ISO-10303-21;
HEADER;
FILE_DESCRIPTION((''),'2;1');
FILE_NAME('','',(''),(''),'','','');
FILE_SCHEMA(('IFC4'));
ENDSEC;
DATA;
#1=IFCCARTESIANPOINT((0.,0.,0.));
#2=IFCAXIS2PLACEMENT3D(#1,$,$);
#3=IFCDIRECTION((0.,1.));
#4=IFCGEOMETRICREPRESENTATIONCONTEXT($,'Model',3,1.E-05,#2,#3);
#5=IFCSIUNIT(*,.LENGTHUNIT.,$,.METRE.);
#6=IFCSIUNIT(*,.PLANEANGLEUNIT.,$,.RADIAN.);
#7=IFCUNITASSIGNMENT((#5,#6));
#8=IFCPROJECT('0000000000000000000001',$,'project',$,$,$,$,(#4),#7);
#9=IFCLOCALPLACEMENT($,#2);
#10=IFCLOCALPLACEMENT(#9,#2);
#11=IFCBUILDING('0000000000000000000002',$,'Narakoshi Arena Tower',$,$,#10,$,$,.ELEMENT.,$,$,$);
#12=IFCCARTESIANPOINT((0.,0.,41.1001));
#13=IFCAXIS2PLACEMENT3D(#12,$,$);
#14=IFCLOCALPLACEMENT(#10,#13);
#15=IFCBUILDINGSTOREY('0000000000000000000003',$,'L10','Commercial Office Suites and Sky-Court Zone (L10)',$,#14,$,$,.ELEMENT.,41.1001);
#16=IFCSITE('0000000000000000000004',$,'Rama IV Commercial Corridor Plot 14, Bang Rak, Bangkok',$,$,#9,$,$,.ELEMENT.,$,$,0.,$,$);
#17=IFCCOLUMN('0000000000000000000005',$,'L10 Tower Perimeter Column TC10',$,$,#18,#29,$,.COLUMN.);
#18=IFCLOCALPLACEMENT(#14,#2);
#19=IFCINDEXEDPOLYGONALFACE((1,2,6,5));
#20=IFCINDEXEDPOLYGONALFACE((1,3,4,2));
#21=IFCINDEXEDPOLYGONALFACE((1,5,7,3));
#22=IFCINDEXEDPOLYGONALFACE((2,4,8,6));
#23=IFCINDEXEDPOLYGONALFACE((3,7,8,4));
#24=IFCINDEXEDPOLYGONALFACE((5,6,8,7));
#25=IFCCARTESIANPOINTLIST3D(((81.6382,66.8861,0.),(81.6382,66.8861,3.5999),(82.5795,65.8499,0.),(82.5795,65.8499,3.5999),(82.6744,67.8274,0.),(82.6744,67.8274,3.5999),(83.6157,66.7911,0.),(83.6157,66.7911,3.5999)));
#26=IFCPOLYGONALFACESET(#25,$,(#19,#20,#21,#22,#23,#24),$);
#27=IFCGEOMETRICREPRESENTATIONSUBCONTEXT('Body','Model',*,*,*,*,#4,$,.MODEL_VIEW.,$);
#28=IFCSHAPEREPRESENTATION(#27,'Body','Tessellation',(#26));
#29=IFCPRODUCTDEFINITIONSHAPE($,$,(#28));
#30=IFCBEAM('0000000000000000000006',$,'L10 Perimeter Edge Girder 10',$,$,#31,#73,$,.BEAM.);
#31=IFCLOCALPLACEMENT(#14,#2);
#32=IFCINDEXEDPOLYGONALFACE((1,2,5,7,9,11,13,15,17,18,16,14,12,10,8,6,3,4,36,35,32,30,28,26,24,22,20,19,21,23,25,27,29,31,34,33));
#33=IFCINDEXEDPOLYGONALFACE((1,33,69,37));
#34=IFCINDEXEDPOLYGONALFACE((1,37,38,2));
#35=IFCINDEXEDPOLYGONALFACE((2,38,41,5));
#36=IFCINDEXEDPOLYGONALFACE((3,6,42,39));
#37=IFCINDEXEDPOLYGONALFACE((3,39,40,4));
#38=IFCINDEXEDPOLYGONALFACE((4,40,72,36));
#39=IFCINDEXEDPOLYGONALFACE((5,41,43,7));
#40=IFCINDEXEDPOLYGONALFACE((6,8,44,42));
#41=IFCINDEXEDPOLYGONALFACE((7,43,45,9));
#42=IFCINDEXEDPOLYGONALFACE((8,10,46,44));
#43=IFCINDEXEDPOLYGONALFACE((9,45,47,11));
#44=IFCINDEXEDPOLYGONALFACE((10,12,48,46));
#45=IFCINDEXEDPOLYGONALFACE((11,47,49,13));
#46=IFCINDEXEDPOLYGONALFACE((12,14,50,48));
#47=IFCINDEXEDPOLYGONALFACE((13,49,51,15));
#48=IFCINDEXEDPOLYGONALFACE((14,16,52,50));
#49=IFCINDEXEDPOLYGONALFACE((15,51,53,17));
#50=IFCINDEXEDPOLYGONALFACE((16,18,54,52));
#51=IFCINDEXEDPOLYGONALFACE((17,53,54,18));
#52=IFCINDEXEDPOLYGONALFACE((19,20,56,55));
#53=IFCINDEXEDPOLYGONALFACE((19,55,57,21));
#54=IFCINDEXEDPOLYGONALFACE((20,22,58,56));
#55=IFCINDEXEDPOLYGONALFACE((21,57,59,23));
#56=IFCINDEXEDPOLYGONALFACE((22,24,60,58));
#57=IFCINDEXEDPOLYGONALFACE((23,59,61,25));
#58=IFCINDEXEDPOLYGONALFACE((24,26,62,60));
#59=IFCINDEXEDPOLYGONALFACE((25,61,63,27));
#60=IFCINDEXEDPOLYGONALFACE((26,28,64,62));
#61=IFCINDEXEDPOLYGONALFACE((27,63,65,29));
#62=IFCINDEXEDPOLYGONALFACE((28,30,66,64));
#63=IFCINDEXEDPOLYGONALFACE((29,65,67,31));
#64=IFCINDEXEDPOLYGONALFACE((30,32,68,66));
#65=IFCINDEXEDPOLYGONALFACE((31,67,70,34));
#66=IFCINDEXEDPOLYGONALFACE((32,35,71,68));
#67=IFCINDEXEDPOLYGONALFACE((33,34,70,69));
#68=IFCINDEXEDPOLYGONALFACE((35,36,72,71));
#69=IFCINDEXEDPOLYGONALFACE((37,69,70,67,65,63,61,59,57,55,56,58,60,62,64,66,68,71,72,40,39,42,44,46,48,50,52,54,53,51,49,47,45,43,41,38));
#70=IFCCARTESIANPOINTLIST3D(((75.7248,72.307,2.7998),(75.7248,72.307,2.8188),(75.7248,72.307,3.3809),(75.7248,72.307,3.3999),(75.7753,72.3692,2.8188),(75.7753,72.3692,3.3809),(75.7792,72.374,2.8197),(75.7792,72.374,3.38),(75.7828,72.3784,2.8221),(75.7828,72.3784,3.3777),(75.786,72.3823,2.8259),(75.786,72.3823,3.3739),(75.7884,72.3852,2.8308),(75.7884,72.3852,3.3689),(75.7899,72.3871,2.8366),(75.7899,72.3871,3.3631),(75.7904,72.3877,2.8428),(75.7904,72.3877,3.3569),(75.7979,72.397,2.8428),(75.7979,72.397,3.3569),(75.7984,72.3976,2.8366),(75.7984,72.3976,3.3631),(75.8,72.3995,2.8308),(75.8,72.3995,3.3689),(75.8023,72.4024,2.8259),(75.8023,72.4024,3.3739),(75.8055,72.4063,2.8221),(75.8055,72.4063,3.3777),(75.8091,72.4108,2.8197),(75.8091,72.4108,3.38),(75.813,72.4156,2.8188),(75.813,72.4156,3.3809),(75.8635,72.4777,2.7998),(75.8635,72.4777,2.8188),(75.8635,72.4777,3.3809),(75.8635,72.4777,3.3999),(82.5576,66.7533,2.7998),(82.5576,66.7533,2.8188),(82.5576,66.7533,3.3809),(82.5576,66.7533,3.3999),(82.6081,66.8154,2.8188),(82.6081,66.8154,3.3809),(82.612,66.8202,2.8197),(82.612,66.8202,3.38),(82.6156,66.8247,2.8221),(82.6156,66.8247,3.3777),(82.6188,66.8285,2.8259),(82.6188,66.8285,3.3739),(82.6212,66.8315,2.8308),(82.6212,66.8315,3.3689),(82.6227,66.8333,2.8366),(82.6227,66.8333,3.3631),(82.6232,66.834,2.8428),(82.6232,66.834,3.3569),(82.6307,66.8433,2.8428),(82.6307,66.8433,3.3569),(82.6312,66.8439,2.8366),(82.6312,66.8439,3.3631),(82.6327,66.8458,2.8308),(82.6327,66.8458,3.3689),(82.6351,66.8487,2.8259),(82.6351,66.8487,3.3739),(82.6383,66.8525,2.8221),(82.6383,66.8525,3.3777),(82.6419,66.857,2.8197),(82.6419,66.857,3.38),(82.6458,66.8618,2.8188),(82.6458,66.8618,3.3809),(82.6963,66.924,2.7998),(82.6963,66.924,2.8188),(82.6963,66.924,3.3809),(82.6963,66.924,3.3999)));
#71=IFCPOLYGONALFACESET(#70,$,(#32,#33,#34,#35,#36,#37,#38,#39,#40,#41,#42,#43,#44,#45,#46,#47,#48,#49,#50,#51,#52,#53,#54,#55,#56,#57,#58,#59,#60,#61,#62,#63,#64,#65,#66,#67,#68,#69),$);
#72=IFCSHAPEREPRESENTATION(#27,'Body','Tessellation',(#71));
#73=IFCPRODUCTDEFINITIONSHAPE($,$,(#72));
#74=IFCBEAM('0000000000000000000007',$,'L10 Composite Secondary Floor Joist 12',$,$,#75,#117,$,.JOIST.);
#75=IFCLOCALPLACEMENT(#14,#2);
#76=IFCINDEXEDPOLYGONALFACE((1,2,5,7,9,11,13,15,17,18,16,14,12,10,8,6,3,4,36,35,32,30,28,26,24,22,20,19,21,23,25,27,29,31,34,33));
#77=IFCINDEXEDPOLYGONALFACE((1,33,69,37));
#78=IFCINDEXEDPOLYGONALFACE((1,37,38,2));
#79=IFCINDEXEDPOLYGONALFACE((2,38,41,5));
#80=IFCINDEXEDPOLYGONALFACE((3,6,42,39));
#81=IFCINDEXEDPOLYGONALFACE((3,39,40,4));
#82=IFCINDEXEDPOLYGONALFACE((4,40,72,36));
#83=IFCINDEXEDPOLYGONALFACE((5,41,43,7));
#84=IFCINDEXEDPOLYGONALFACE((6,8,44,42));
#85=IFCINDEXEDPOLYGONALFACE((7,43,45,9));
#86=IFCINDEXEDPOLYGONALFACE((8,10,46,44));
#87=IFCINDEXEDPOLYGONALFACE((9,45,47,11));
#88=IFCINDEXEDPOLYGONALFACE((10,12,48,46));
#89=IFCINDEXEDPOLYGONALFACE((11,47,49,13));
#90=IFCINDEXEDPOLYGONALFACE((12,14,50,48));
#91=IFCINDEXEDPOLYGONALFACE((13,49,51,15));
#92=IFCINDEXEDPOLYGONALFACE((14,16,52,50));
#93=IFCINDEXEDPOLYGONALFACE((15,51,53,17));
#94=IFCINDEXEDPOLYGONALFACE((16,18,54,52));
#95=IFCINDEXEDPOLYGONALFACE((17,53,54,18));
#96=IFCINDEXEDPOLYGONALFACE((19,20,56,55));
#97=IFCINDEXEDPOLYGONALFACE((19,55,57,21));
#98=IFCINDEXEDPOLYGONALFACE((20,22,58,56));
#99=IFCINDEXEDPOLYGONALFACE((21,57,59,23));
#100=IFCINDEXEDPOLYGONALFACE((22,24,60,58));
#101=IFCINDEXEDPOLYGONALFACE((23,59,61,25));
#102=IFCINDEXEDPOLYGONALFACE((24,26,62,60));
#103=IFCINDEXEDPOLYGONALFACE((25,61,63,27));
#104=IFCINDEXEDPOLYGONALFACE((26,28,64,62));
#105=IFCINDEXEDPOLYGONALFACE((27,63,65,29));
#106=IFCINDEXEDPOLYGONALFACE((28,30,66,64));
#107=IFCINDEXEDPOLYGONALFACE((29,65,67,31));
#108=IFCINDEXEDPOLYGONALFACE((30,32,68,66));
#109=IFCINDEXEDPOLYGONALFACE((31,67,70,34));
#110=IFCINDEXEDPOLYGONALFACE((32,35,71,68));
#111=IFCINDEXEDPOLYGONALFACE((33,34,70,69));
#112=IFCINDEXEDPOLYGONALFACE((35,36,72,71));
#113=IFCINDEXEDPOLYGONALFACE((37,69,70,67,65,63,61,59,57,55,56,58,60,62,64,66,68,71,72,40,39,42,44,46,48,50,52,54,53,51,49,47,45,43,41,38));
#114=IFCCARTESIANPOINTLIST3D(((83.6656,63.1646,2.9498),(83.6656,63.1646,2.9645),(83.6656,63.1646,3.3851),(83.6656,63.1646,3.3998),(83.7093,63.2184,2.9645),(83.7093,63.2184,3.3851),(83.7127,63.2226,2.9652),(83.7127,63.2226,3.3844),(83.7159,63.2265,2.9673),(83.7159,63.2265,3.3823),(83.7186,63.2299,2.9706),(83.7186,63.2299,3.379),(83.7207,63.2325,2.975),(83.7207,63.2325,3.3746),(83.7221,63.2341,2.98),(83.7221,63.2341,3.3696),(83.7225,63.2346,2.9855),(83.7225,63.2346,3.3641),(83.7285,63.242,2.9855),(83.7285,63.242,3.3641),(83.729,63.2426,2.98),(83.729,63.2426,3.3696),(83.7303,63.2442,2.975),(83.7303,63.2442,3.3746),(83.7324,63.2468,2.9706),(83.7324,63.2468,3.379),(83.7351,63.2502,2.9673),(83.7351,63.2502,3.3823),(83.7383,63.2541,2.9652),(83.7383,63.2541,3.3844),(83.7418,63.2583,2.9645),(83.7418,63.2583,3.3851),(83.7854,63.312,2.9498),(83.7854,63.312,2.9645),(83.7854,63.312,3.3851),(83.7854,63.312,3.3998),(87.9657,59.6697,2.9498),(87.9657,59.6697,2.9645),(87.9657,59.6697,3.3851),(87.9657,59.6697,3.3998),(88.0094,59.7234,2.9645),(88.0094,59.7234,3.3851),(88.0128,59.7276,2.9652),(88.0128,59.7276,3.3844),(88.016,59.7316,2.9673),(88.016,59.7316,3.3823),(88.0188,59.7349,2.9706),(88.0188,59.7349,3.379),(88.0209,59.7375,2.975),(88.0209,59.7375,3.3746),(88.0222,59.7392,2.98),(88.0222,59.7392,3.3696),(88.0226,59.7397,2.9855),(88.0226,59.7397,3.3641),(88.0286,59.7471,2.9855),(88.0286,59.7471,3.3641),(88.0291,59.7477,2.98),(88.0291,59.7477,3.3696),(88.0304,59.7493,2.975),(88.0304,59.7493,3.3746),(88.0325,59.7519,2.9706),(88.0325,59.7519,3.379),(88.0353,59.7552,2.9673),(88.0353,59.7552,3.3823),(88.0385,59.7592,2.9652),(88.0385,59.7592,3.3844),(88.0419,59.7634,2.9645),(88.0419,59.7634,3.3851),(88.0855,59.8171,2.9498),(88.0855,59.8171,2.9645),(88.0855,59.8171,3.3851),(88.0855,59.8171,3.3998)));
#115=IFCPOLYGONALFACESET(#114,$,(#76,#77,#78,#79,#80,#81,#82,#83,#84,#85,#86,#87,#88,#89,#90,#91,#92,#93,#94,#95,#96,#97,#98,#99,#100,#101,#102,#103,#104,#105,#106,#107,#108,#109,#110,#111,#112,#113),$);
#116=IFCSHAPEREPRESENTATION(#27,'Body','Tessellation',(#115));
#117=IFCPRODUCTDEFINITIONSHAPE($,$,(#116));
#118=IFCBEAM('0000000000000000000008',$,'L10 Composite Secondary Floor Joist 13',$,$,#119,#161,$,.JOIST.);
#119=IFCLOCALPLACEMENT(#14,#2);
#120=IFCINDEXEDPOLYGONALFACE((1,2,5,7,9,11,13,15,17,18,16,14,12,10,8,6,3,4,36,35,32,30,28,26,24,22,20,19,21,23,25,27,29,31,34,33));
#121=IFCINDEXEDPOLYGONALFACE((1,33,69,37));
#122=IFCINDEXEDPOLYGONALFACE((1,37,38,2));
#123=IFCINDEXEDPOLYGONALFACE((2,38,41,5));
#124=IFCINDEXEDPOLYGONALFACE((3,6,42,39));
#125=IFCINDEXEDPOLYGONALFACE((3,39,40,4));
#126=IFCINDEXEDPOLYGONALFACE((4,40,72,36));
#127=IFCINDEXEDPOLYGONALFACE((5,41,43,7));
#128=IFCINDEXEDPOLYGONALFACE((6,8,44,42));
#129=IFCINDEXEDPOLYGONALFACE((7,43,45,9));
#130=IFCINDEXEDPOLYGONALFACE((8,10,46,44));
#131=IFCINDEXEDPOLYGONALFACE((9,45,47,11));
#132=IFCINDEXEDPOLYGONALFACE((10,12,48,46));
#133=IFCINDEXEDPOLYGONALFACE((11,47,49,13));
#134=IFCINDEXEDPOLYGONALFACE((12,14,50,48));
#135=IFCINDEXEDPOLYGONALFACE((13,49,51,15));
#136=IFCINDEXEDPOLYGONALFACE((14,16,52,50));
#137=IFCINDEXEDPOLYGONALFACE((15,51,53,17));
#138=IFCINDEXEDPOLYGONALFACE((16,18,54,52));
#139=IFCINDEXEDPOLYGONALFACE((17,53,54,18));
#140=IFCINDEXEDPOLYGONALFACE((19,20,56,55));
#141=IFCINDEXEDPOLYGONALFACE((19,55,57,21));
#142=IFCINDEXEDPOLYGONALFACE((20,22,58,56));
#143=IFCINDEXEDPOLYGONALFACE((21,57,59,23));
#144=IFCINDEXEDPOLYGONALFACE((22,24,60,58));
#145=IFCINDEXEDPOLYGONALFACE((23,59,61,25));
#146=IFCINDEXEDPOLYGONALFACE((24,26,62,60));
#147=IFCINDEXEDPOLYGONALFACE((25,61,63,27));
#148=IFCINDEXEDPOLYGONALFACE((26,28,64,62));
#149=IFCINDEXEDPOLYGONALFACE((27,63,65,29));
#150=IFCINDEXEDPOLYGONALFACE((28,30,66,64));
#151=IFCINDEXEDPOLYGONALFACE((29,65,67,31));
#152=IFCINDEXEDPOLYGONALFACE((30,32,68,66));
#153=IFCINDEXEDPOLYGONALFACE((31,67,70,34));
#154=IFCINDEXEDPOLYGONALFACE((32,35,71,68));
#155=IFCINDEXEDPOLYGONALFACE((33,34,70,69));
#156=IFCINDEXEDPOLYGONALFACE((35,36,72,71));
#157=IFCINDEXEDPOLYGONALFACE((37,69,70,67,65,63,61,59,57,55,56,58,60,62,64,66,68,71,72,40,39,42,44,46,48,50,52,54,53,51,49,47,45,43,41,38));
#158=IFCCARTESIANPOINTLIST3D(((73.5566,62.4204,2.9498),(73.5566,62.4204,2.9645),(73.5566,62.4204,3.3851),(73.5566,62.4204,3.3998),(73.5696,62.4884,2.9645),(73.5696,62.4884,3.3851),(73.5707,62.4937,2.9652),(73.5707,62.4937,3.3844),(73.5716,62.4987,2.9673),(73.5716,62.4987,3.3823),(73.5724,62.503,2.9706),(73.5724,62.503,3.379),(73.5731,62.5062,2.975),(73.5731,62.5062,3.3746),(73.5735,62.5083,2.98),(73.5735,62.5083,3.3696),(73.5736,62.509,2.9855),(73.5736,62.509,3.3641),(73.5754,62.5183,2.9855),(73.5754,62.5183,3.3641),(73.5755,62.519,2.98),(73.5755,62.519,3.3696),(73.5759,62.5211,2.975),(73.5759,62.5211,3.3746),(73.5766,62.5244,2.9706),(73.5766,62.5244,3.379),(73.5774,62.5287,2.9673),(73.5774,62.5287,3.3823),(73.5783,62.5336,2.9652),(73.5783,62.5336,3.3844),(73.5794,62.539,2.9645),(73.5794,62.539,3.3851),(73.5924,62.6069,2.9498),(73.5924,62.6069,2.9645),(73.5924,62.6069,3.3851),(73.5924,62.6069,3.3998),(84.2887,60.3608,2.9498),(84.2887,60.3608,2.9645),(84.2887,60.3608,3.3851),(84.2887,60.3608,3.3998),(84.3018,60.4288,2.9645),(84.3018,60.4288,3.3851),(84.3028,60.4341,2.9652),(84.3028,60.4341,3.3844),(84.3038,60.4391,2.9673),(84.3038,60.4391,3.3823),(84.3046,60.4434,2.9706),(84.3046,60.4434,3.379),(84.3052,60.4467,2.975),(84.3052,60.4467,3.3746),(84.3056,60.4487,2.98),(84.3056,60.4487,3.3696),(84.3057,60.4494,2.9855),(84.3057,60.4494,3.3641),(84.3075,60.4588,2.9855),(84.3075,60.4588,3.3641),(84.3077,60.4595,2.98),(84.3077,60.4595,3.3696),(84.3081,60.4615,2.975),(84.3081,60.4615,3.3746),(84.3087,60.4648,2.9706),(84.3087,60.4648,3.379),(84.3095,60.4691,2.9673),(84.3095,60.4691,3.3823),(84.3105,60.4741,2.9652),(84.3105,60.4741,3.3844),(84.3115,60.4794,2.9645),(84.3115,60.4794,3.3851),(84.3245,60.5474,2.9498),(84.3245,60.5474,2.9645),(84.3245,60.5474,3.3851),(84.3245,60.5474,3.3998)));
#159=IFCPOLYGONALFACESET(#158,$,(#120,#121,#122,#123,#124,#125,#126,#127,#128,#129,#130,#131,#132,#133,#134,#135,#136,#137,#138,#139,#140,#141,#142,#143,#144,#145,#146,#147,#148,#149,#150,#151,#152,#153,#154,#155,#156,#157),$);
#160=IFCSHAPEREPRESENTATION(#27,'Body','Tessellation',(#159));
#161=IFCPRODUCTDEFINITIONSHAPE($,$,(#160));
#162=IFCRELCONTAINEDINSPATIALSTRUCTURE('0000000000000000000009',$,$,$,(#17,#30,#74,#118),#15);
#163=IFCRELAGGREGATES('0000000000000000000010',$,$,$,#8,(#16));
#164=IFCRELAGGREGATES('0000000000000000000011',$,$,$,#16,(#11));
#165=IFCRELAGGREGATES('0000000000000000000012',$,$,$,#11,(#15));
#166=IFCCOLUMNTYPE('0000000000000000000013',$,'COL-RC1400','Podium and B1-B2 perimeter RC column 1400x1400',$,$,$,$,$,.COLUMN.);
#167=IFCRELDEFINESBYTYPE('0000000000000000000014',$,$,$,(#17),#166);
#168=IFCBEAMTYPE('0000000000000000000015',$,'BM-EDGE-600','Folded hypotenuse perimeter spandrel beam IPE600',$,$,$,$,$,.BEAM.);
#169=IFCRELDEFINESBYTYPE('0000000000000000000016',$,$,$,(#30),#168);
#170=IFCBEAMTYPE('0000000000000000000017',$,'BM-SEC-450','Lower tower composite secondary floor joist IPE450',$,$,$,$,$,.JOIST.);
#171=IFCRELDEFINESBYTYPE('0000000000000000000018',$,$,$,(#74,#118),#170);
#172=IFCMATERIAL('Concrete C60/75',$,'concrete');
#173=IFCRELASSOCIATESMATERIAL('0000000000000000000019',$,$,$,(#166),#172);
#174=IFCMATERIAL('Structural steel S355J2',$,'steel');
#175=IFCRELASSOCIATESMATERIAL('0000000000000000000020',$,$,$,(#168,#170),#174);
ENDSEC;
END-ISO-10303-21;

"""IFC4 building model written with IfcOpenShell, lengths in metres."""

from ifc_helpers import new_model, si_unit, direction, frame, origin, origin_2d, place, context, subcontext, project, spatial, rectangle, i_section, extrude, material, material_profile, profile_set, type_object, element, save


model = new_model("IFC4")

# Units and contexts
model_context = context("Model", 3, precision=1e-05, world=origin(), true_north=direction((0.0, 1.0)))
body_context = subcontext(model_context, "Body", "Model", "MODEL_VIEW")
ifc_project = project(units=[si_unit("LENGTHUNIT", "METRE"), si_unit("PLANEANGLEUNIT", "RADIAN")], contexts=[model_context])

# Site, building, storey
site_placement = place(None, origin())
site = spatial("IfcSite", under=ifc_project, at=site_placement, Name="Rama IV Commercial Corridor Plot 14, Bang Rak, Bangkok", CompositionType="ELEMENT", RefElevation=0.0)
building_placement = place(site_placement, origin())
building = spatial("IfcBuilding", under=site, at=building_placement, Name="Narakoshi Arena Tower", CompositionType="ELEMENT")
storey_placement = place(building_placement, frame((0.0, 0.0, 41.1001)))
storey = spatial("IfcBuildingStorey", under=building, at=storey_placement, Name="L10", Description="Commercial Office Suites and Sky-Court Zone (L10)", CompositionType="ELEMENT", Elevation=41.1001)

# Column
ifc_material_1 = material(Name="Concrete C60/75", Category="concrete")
ifc_material_profile_1 = material_profile(ifc_material_1, rectangle(XDim=1.3999, YDim=1.3999, at=origin_2d()), Name="RC1400x1400")
ifc_profile_set_1 = profile_set([ifc_material_profile_1], Name="Concrete C60/75")
column_type = type_object("IfcColumnType", Name="COL-RC1400", Description="Podium and B1-B2 perimeter RC column 1400x1400", PredefinedType="COLUMN", material=ifc_profile_set_1)
column_placement = place(storey_placement, frame((82.627, 66.8386, 0.0), z_axis=(0.0, 0.0, 1.0), x_axis=(0.740218, 0.672367, 0.0)))
element("IfcColumn", 1, at=column_placement, inside=storey, type_object=column_type, Name="L10 Tower Perimeter Column TC10", PredefinedType="COLUMN", context=body_context, shape_type="SweptSolid", body=[
    extrude(rectangle(XDim=1.3999, YDim=1.3999, at=origin_2d()), origin(), (0.0, 0.0, 1.0), 3.5999),
])

# Beams
ifc_material_2 = material(Name="Structural steel S355J2", Category="steel")
ifc_material_profile_2 = material_profile(ifc_material_2, i_section(OverallWidth=0.22, OverallDepth=0.6001, WebThickness=0.012, FlangeThickness=0.019, FilletRadius=0.0239, at=origin_2d()), Name="IPE600")
ifc_profile_set_2 = profile_set([ifc_material_profile_2], Name="Structural steel S355J2")
beam_type_1 = type_object("IfcBeamType", Name="BM-EDGE-600", Description="Folded hypotenuse perimeter spandrel beam IPE600", PredefinedType="BEAM", material=ifc_profile_set_2)
beam_1_placement = place(storey_placement, frame((82.627, 66.8386, 3.0999), z_axis=(-0.775998, 0.630736, 0.0), x_axis=(-0.630736, -0.775998, 0.0)))
element("IfcBeam", 2, at=beam_1_placement, inside=storey, type_object=beam_type_1, Name="L10 Perimeter Edge Girder 10", PredefinedType="BEAM", context=body_context, shape_type="SweptSolid", body=[
    extrude(i_section(OverallWidth=0.22, OverallDepth=0.6001, WebThickness=0.012, FlangeThickness=0.019, FilletRadius=0.0239, at=origin_2d()), origin(), (0.0, 0.0, 1.0), 8.8052),
])
ifc_material_profile_3 = material_profile(ifc_material_2, i_section(OverallWidth=0.1899, OverallDepth=0.45, WebThickness=0.0095, FlangeThickness=0.0146, FilletRadius=0.021, at=origin_2d()), Name="IPE450")
ifc_profile_set_3 = profile_set([ifc_material_profile_3], Name="Structural steel S355J2")
beam_type_2 = type_object("IfcBeamType", Name="BM-SEC-450", Description="Lower tower composite secondary floor joist IPE450", PredefinedType="JOIST", material=ifc_profile_set_3)
beam_2_placement = place(storey_placement, frame((88.0256, 59.7434, 3.1748), z_axis=(-0.776018, 0.63071, 0.0), x_axis=(-0.63071, -0.776018, 0.0)))
element("IfcBeam", 3, at=beam_2_placement, inside=storey, type_object=beam_type_2, Name="L10 Composite Secondary Floor Joist 12", PredefinedType="JOIST", context=body_context, shape_type="SweptSolid", body=[
    extrude(i_section(OverallWidth=0.1899, OverallDepth=0.45, WebThickness=0.0095, FlangeThickness=0.0146, FilletRadius=0.021, at=origin_2d()), origin(), (0.0, 0.0, 1.0), 5.5413),
])
beam_3_placement = place(storey_placement, frame((84.3066, 60.4541, 3.1748), z_axis=(-0.98208, 0.188467, 0.0), x_axis=(-0.188467, -0.98208, 0.0)))
element("IfcBeam", 4, at=beam_3_placement, inside=storey, type_object=beam_type_2, Name="L10 Composite Secondary Floor Joist 13", PredefinedType="JOIST", context=body_context, shape_type="SweptSolid", body=[
    extrude(i_section(OverallWidth=0.1899, OverallDepth=0.45, WebThickness=0.0095, FlangeThickness=0.0146, FilletRadius=0.021, at=origin_2d()), origin(), (0.0, 0.0, 1.0), 10.928),
])

save(model, "model.ifc")
